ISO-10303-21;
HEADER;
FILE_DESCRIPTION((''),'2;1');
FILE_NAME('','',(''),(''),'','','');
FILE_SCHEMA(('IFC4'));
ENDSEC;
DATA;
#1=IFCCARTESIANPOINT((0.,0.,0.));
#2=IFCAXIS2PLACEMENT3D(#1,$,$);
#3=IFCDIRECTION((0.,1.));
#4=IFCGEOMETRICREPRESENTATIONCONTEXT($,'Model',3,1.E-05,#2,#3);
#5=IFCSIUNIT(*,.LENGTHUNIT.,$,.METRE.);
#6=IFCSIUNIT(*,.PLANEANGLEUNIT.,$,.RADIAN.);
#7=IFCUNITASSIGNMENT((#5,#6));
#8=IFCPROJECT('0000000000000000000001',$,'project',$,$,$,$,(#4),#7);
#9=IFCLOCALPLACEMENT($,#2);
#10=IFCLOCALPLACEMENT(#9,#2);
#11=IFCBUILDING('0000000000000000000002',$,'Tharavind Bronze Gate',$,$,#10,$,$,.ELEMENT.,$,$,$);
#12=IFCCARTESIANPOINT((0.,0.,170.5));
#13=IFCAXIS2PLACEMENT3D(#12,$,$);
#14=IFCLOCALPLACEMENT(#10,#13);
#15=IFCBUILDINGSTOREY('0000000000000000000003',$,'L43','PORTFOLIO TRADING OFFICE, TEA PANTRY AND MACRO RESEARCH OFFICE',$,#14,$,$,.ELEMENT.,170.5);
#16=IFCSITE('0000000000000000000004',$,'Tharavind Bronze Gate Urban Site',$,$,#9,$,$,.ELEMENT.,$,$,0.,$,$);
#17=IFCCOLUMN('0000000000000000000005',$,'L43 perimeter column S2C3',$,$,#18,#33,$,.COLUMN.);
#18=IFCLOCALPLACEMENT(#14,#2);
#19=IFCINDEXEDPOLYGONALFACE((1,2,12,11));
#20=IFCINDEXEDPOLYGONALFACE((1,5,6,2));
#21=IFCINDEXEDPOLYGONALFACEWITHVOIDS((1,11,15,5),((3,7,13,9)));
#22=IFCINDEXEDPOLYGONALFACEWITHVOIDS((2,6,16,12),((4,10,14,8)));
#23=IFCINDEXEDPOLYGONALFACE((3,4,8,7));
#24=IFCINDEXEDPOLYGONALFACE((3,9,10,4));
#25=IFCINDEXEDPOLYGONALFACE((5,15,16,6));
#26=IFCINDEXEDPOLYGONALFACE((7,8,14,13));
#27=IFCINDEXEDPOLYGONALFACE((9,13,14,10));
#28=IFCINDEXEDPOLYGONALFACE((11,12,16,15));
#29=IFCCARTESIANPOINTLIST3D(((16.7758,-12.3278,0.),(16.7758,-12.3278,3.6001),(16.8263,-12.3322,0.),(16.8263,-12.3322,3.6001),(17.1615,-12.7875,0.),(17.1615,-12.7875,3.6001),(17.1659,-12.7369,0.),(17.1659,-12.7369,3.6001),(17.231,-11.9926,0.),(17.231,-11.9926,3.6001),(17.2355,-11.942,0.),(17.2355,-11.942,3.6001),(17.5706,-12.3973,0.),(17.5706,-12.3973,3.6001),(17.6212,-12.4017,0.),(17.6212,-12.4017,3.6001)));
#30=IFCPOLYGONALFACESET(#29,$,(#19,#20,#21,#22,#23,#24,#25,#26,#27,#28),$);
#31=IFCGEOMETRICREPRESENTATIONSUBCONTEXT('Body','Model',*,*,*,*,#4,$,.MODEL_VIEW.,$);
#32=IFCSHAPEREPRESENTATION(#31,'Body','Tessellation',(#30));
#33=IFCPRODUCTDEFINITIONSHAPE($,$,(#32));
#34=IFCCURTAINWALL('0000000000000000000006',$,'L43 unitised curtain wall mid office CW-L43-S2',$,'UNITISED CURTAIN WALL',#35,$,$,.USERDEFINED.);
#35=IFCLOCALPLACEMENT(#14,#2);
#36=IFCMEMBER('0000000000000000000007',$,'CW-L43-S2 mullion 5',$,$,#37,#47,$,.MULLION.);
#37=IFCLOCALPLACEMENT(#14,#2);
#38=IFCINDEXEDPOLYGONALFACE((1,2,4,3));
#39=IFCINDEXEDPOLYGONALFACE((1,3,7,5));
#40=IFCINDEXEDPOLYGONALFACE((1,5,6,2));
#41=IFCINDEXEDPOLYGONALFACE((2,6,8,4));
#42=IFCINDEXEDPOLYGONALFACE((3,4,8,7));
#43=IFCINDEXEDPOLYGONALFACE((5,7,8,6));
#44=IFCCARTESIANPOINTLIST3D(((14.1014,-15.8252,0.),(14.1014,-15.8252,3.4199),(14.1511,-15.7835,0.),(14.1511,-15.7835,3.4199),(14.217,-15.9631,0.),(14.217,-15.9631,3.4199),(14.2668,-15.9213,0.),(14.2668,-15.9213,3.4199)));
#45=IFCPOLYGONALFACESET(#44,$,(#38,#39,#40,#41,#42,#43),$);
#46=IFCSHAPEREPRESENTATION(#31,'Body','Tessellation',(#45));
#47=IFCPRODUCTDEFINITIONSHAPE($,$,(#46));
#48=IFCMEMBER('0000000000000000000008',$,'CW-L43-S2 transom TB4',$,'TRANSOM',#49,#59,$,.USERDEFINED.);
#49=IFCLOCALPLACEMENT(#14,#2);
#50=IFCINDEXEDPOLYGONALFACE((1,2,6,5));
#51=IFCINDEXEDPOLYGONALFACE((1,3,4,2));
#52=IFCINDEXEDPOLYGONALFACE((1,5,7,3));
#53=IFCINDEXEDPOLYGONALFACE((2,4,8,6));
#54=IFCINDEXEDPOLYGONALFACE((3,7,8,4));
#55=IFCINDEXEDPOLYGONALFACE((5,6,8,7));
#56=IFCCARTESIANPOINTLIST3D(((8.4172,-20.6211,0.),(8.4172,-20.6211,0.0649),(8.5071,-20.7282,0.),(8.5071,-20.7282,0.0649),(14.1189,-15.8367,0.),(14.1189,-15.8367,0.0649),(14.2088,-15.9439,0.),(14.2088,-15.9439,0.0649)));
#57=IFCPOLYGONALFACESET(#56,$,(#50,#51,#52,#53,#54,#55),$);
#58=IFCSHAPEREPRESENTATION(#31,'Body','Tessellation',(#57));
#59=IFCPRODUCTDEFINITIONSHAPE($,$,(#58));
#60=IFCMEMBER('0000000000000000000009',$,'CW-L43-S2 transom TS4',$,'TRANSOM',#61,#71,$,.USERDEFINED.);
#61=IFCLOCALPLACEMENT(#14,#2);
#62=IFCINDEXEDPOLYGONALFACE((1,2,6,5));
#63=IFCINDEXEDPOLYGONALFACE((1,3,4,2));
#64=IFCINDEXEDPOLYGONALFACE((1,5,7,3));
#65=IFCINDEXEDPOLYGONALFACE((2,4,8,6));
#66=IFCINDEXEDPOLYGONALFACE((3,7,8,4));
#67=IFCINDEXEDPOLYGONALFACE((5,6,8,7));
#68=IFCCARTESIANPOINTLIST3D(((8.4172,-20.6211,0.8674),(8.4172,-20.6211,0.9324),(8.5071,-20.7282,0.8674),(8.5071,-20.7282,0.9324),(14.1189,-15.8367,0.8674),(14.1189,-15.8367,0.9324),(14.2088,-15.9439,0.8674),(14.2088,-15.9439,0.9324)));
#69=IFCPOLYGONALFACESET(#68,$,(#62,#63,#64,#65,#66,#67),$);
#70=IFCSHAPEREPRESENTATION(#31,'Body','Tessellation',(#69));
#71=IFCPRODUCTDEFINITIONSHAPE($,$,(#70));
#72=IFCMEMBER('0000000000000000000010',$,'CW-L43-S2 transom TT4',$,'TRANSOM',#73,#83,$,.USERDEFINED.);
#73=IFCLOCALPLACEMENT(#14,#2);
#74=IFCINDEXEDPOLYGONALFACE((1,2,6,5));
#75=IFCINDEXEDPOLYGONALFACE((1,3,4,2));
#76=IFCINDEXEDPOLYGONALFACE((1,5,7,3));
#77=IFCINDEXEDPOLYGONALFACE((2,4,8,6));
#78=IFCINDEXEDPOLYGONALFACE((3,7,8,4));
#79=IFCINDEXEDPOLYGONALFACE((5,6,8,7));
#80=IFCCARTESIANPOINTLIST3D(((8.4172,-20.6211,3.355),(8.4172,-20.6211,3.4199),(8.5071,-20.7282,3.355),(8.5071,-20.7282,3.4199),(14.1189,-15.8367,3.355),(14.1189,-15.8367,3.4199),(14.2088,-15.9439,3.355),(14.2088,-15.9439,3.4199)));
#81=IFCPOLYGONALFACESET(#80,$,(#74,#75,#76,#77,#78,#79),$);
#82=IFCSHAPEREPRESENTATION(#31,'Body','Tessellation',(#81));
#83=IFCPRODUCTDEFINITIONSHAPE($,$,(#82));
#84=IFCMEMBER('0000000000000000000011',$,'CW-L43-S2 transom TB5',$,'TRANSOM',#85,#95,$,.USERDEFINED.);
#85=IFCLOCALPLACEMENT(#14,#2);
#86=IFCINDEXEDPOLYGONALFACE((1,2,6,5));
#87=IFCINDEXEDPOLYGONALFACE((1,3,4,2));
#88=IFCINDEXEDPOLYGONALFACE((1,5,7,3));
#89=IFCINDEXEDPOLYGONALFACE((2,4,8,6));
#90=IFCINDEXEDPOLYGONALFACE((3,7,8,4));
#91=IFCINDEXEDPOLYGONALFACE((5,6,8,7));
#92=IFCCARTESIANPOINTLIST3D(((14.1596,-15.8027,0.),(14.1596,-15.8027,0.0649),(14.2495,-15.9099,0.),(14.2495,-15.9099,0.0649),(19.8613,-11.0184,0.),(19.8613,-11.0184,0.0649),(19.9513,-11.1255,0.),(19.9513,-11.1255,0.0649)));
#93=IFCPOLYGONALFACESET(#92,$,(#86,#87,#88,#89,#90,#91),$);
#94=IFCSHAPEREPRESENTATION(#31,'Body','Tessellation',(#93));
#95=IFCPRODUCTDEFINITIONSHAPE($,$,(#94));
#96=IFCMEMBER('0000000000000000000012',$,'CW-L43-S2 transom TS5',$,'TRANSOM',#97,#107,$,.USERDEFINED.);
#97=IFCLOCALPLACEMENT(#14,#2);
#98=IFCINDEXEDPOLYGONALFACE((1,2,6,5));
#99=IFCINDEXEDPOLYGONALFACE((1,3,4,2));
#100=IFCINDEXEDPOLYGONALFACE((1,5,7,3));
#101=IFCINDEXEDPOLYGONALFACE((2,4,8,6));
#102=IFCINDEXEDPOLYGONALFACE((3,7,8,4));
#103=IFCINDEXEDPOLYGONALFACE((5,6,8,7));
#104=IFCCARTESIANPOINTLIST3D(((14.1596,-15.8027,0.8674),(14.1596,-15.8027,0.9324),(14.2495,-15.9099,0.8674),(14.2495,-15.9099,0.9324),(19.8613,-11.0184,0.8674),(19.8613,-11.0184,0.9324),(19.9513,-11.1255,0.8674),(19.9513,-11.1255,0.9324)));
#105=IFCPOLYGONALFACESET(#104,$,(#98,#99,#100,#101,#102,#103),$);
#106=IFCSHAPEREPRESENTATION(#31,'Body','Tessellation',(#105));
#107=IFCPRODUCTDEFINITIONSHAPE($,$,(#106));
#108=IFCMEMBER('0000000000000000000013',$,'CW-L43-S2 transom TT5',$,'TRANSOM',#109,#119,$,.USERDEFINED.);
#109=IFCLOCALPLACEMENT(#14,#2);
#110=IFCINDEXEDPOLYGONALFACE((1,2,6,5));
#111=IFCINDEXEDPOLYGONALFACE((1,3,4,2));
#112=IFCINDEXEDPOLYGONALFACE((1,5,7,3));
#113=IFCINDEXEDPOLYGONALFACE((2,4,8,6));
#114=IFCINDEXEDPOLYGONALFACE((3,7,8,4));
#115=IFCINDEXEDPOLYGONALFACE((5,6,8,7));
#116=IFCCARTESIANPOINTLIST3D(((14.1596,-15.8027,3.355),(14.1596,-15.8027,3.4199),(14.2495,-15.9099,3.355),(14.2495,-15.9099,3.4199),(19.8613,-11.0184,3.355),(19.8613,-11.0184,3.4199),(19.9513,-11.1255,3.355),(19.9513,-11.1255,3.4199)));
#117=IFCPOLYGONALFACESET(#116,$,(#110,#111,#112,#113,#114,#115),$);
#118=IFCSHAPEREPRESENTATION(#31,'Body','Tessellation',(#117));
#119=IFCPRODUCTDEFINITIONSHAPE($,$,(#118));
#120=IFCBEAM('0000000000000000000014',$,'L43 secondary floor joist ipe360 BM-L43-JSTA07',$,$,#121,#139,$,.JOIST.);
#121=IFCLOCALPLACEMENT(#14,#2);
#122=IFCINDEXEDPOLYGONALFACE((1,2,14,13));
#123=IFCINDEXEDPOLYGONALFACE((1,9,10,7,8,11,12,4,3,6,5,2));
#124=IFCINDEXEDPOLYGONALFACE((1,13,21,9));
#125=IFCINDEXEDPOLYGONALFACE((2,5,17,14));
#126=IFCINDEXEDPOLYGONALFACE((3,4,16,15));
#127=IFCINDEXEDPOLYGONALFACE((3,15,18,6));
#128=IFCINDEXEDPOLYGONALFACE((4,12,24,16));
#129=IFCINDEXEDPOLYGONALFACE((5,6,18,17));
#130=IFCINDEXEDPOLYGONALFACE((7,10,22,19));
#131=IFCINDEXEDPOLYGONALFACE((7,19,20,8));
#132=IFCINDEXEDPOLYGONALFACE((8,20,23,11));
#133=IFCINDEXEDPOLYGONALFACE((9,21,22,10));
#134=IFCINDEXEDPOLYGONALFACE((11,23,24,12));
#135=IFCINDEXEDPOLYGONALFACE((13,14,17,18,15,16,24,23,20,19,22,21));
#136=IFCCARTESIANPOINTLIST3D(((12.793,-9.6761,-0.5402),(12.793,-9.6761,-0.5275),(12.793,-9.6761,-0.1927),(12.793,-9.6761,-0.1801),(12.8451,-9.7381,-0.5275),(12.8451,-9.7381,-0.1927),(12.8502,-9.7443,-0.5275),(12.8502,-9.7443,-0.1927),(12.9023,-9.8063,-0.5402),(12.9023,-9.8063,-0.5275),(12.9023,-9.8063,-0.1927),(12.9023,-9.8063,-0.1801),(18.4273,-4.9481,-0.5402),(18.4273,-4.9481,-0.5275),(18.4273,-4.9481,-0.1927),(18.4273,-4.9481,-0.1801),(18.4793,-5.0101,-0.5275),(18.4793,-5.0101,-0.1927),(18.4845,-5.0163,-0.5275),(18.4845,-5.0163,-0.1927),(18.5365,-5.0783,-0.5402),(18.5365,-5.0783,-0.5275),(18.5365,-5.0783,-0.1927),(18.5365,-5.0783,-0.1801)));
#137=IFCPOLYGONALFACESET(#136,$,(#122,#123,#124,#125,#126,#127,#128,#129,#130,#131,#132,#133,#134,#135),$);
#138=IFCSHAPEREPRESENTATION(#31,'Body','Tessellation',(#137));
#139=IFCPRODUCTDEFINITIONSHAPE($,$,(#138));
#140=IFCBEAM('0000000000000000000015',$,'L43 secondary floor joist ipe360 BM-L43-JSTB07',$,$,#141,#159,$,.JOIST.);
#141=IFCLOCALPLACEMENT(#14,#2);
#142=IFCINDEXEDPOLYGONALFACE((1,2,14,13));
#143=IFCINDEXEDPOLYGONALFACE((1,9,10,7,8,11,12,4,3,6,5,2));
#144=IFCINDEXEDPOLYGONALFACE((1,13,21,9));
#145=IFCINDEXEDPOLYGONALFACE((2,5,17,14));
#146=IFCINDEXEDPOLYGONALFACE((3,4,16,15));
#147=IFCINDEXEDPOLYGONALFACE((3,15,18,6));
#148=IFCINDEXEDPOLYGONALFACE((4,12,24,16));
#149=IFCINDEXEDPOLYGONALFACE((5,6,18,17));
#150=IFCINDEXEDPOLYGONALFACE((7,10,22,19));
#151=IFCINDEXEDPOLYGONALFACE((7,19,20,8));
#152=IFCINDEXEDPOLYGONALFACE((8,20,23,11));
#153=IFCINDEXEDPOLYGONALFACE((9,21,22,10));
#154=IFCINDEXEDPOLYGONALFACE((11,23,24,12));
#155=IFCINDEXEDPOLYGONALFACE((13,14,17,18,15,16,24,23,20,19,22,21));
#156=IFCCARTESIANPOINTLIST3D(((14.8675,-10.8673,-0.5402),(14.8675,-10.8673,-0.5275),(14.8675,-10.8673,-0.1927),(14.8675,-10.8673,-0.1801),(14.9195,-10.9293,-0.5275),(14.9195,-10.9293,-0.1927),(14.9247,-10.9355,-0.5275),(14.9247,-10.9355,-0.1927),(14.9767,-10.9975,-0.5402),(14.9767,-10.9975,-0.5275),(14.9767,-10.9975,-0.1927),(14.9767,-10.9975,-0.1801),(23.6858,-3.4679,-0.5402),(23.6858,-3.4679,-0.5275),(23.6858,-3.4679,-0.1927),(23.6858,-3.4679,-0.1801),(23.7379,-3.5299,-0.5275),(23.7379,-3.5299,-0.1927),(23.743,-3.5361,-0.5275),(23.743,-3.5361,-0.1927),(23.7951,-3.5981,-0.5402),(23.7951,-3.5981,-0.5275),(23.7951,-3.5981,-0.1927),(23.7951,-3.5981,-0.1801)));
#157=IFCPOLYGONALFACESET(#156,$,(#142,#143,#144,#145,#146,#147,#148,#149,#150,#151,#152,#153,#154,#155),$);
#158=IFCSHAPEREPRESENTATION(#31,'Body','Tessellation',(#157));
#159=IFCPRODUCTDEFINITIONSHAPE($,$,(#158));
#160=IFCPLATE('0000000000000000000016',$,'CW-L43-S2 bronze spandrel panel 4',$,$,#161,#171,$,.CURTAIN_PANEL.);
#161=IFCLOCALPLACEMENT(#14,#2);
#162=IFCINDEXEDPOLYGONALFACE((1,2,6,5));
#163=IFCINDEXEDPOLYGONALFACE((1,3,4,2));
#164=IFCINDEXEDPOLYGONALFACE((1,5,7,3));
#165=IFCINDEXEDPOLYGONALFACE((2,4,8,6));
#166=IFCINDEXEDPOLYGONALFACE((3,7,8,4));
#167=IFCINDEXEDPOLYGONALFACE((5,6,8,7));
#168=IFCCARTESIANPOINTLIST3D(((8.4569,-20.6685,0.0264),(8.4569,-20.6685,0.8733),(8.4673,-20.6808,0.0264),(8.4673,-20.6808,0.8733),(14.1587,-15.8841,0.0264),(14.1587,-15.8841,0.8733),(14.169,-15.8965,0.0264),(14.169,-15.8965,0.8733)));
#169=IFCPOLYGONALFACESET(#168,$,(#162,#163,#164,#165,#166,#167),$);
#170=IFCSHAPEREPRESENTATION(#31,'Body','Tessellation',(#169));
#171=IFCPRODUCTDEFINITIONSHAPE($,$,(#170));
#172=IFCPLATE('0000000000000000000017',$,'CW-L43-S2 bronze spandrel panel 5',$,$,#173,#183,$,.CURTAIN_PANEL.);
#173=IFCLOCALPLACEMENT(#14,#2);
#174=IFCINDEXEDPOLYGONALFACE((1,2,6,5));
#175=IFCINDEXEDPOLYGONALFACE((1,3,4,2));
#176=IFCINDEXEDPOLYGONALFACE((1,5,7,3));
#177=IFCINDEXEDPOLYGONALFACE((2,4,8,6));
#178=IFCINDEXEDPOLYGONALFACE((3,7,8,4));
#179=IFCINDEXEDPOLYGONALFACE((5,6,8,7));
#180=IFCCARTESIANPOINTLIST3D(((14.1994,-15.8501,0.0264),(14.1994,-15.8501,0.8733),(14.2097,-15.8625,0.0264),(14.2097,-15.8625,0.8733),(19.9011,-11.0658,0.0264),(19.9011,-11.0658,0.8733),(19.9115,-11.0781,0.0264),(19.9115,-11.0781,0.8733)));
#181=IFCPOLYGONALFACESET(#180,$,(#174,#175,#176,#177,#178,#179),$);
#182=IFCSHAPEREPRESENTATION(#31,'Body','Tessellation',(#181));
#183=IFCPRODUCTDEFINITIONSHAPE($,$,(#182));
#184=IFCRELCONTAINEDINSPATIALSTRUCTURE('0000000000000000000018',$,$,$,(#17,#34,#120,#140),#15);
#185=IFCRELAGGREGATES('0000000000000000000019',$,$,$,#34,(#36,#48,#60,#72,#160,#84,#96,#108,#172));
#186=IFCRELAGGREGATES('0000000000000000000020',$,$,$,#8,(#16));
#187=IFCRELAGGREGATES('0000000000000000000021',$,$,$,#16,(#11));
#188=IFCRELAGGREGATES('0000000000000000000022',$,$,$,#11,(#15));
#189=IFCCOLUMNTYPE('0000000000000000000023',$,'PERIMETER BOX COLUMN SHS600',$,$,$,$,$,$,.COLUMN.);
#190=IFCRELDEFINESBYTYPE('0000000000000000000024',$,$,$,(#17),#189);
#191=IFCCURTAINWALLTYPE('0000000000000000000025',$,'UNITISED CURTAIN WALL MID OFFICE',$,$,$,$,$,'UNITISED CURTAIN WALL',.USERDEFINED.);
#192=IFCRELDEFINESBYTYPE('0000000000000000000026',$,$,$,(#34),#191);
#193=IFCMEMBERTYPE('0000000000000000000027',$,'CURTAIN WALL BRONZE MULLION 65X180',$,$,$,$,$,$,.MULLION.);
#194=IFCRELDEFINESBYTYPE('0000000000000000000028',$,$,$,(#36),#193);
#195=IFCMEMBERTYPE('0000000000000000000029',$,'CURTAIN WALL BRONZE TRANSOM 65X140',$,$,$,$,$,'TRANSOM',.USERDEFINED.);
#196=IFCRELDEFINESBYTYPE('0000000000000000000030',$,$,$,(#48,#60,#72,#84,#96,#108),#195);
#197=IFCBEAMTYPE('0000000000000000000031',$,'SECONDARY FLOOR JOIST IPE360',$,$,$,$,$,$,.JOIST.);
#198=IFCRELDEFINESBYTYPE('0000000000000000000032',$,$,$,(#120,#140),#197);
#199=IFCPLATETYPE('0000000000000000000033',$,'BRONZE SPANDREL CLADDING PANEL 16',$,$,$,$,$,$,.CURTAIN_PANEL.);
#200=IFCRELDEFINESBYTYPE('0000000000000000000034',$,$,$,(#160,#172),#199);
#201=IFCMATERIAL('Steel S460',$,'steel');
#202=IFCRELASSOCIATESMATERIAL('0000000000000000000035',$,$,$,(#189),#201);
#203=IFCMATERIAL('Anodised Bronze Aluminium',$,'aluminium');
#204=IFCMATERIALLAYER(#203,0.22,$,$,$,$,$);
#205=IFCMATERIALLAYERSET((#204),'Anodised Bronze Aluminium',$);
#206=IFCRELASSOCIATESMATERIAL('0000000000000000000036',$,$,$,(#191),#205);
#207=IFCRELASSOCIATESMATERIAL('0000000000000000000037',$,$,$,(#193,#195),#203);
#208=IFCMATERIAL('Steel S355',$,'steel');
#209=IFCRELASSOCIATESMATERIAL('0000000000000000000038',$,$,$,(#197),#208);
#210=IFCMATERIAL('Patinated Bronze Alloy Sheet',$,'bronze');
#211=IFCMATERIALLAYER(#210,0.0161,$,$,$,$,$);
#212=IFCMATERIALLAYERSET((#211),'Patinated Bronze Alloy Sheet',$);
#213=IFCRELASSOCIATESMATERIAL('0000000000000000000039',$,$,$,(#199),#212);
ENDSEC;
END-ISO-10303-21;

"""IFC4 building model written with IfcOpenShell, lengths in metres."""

from ifc_helpers import new_model, si_unit, direction, frame, origin, origin_2d, place, context, subcontext, project, spatial, rectangle, hollow_rectangle, i_section, extrude, material, layer, layer_set, material_profile, profile_set, type_object, element, aggregate, save


model = new_model("IFC4")

# Units and contexts
model_context = context("Model", 3, precision=1e-05, world=origin(), true_north=direction((0.0, 1.0)))
body_context = subcontext(model_context, "Body", "Model", "MODEL_VIEW")
ifc_project = project(units=[si_unit("LENGTHUNIT", "METRE"), si_unit("PLANEANGLEUNIT", "RADIAN")], contexts=[model_context])

# Site, building, storey
site_placement = place(None, origin())
site = spatial("IfcSite", under=ifc_project, at=site_placement, Name="Tharavind Bronze Gate Urban Site", CompositionType="ELEMENT", RefElevation=0.0)
building_placement = place(site_placement, origin())
building = spatial("IfcBuilding", under=site, at=building_placement, Name="Tharavind Bronze Gate", CompositionType="ELEMENT")
storey_placement = place(building_placement, frame((0.0, 0.0, 170.5)))
storey = spatial("IfcBuildingStorey", under=building, at=storey_placement, Name="L43", Description="PORTFOLIO TRADING OFFICE, TEA PANTRY AND MACRO RESEARCH OFFICE", CompositionType="ELEMENT", Elevation=170.5)

# Column
ifc_material_1 = material(Name="Steel S460", Category="steel")
ifc_material_profile_1 = material_profile(ifc_material_1, hollow_rectangle(XDim=0.6001, YDim=0.6001, WallThickness=0.0359, at=origin_2d()), Name="SHS600X36")
ifc_profile_set_1 = profile_set([ifc_material_profile_1], Name="Steel S460")
column_type = type_object("IfcColumnType", Name="PERIMETER BOX COLUMN SHS600", PredefinedType="COLUMN", material=ifc_profile_set_1)
column_placement = place(storey_placement, frame((17.1985, -12.3647, 0.0), z_axis=(0.0, 0.0, 1.0), x_axis=(0.766043, 0.642789, 0.0)))
element("IfcColumn", 1, at=column_placement, inside=storey, type_object=column_type, Name="L43 perimeter column S2C3", PredefinedType="COLUMN", context=body_context, shape_type="SweptSolid", body=[
    extrude(hollow_rectangle(XDim=0.6001, YDim=0.6001, WallThickness=0.0359, at=origin_2d()), origin(), (0.0, 0.0, 1.0), 3.6001),
])

# Curtain wall, members
ifc_material_2 = material(Name="Anodised Bronze Aluminium", Category="aluminium")
ifc_layer_1 = layer(ifc_material_2, 0.22)
ifc_layer_set_1 = layer_set([ifc_layer_1], Name="Anodised Bronze Aluminium")
curtain_wall_type = type_object("IfcCurtainWallType", Name="UNITISED CURTAIN WALL MID OFFICE", ElementType="UNITISED CURTAIN WALL", PredefinedType="USERDEFINED", material=ifc_layer_set_1)
curtain_wall_placement = place(storey_placement, origin())
curtain_wall = element("IfcCurtainWall", 2, at=curtain_wall_placement, inside=storey, type_object=curtain_wall_type, Name="L43 unitised curtain wall mid office CW-L43-S2", ObjectType="UNITISED CURTAIN WALL", PredefinedType="USERDEFINED")
member_type_1 = type_object("IfcMemberType", Name="CURTAIN WALL BRONZE MULLION 65X180", PredefinedType="MULLION", material=ifc_material_2)
member_1_placement = place(storey_placement, frame((14.1841, -15.8733, 0.0), z_axis=(0.0, 0.0, 1.0), x_axis=(0.766043, 0.642789, 0.0)))
member_1 = element("IfcMember", 3, at=member_1_placement, type_object=member_type_1, Name="CW-L43-S2 mullion 5", PredefinedType="MULLION", context=body_context, shape_type="SweptSolid", body=[
    extrude(rectangle(XDim=0.0649, YDim=0.1799, at=origin_2d()), origin(), (0.0, 0.0, 1.0), 3.4199),
])
member_type_2 = type_object("IfcMemberType", Name="CURTAIN WALL BRONZE TRANSOM 65X140", ElementType="TRANSOM", PredefinedType="USERDEFINED", material=ifc_material_2)
member_2_placement = place(storey_placement, frame((11.313, -18.2825, 0.0), z_axis=(0.0, 0.0, 1.0), x_axis=(0.766043, 0.642789, 0.0)))
member_2 = element("IfcMember", 4, at=member_2_placement, type_object=member_type_2, Name="CW-L43-S2 transom TB4", ObjectType="TRANSOM", PredefinedType="USERDEFINED", context=body_context, shape_type="SweptSolid", body=[
    extrude(rectangle(XDim=7.4431, YDim=0.1399, at=origin_2d()), origin(), (0.0, 0.0, 1.0), 0.0649),
])
member_3_placement = place(storey_placement, frame((11.313, -18.2825, 0.8674), z_axis=(0.0, 0.0, 1.0), x_axis=(0.766043, 0.642789, 0.0)))
member_3 = element("IfcMember", 5, at=member_3_placement, type_object=member_type_2, Name="CW-L43-S2 transom TS4", ObjectType="TRANSOM", PredefinedType="USERDEFINED", context=body_context, shape_type="SweptSolid", body=[
    extrude(rectangle(XDim=7.4431, YDim=0.1399, at=origin_2d()), origin(), (0.0, 0.0, 1.0), 0.0649),
])
member_4_placement = place(storey_placement, frame((11.313, -18.2825, 3.355), z_axis=(0.0, 0.0, 1.0), x_axis=(0.766043, 0.642789, 0.0)))
member_4 = element("IfcMember", 6, at=member_4_placement, type_object=member_type_2, Name="CW-L43-S2 transom TT4", ObjectType="TRANSOM", PredefinedType="USERDEFINED", context=body_context, shape_type="SweptSolid", body=[
    extrude(rectangle(XDim=7.4431, YDim=0.1399, at=origin_2d()), origin(), (0.0, 0.0, 1.0), 0.0649),
])
member_5_placement = place(storey_placement, frame((17.0554, -13.4641, 0.0), z_axis=(0.0, 0.0, 1.0), x_axis=(0.766043, 0.642789, 0.0)))
member_5 = element("IfcMember", 7, at=member_5_placement, type_object=member_type_2, Name="CW-L43-S2 transom TB5", ObjectType="TRANSOM", PredefinedType="USERDEFINED", context=body_context, shape_type="SweptSolid", body=[
    extrude(rectangle(XDim=7.4431, YDim=0.1399, at=origin_2d()), origin(), (0.0, 0.0, 1.0), 0.0649),
])
member_6_placement = place(storey_placement, frame((17.0554, -13.4641, 0.8674), z_axis=(0.0, 0.0, 1.0), x_axis=(0.766043, 0.642789, 0.0)))
member_6 = element("IfcMember", 8, at=member_6_placement, type_object=member_type_2, Name="CW-L43-S2 transom TS5", ObjectType="TRANSOM", PredefinedType="USERDEFINED", context=body_context, shape_type="SweptSolid", body=[
    extrude(rectangle(XDim=7.4431, YDim=0.1399, at=origin_2d()), origin(), (0.0, 0.0, 1.0), 0.0649),
])
member_7_placement = place(storey_placement, frame((17.0554, -13.4641, 3.355), z_axis=(0.0, 0.0, 1.0), x_axis=(0.766043, 0.642789, 0.0)))
member_7 = element("IfcMember", 9, at=member_7_placement, type_object=member_type_2, Name="CW-L43-S2 transom TT5", ObjectType="TRANSOM", PredefinedType="USERDEFINED", context=body_context, shape_type="SweptSolid", body=[
    extrude(rectangle(XDim=7.4431, YDim=0.1399, at=origin_2d()), origin(), (0.0, 0.0, 1.0), 0.0649),
])

# Beams
ifc_material_3 = material(Name="Steel S355", Category="steel")
ifc_material_profile_2 = material_profile(ifc_material_3, i_section(OverallWidth=0.1699, OverallDepth=0.3601, WebThickness=0.0081, FlangeThickness=0.0127, at=origin_2d()), Name="IPE360")
ifc_profile_set_2 = profile_set([ifc_material_profile_2], Name="Steel S355")
beam_type = type_object("IfcBeamType", Name="SECONDARY FLOOR JOIST IPE360", PredefinedType="JOIST", material=ifc_profile_set_2)
beam_1_placement = place(storey_placement, frame((12.8477, -9.7412, -0.3601), z_axis=(0.766024, 0.642812, 0.0), x_axis=(-0.642812, 0.766024, 0.0)))
element("IfcBeam", 10, at=beam_1_placement, inside=storey, type_object=beam_type, Name="L43 secondary floor joist ipe360 BM-L43-JSTA07", PredefinedType="JOIST", context=body_context, shape_type="SweptSolid", body=[
    extrude(i_section(OverallWidth=0.1699, OverallDepth=0.3601, WebThickness=0.0081, FlangeThickness=0.0127, at=origin_2d()), origin(), (0.0, 0.0, 1.0), 7.3552),
])
beam_2_placement = place(storey_placement, frame((14.9221, -10.9324, -0.3601), z_axis=(0.766047, 0.642784, 0.0), x_axis=(-0.642784, 0.766047, 0.0)))
element("IfcBeam", 11, at=beam_2_placement, inside=storey, type_object=beam_type, Name="L43 secondary floor joist ipe360 BM-L43-JSTB07", PredefinedType="JOIST", context=body_context, shape_type="SweptSolid", body=[
    extrude(i_section(OverallWidth=0.1699, OverallDepth=0.3601, WebThickness=0.0081, FlangeThickness=0.0127, at=origin_2d()), origin(), (0.0, 0.0, 1.0), 11.5115),
])

# Plates
ifc_material_4 = material(Name="Patinated Bronze Alloy Sheet", Category="bronze")
ifc_layer_2 = layer(ifc_material_4, 0.0161)
ifc_layer_set_2 = layer_set([ifc_layer_2], Name="Patinated Bronze Alloy Sheet")
plate_type_1 = type_object("IfcPlateType", Name="BRONZE SPANDREL CLADDING PANEL 16", PredefinedType="CURTAIN_PANEL", material=ifc_layer_set_2)
plate_1_placement = place(storey_placement, frame((11.313, -18.2825, 0.0264), z_axis=(0.0, 0.0, 1.0), x_axis=(0.766043, 0.642789, 0.0)))
plate_1 = element("IfcPlate", 12, at=plate_1_placement, type_object=plate_type_1, Name="CW-L43-S2 bronze spandrel panel 4", PredefinedType="CURTAIN_PANEL", context=body_context, shape_type="SweptSolid", body=[
    extrude(rectangle(XDim=7.4431, YDim=0.0161, at=origin_2d()), origin(), (0.0, 0.0, 1.0), 0.8469),
])
plate_2_placement = place(storey_placement, frame((17.0554, -13.4641, 0.0264), z_axis=(0.0, 0.0, 1.0), x_axis=(0.766043, 0.642789, 0.0)))
plate_2 = element("IfcPlate", 13, at=plate_2_placement, type_object=plate_type_1, Name="CW-L43-S2 bronze spandrel panel 5", PredefinedType="CURTAIN_PANEL", context=body_context, shape_type="SweptSolid", body=[
    extrude(rectangle(XDim=7.4431, YDim=0.0161, at=origin_2d()), origin(), (0.0, 0.0, 1.0), 0.8469),
])
aggregate(curtain_wall, [member_1, member_2, member_3, member_4, plate_1, member_5, member_6, member_7, plate_2])

save(model, "model.ifc")
